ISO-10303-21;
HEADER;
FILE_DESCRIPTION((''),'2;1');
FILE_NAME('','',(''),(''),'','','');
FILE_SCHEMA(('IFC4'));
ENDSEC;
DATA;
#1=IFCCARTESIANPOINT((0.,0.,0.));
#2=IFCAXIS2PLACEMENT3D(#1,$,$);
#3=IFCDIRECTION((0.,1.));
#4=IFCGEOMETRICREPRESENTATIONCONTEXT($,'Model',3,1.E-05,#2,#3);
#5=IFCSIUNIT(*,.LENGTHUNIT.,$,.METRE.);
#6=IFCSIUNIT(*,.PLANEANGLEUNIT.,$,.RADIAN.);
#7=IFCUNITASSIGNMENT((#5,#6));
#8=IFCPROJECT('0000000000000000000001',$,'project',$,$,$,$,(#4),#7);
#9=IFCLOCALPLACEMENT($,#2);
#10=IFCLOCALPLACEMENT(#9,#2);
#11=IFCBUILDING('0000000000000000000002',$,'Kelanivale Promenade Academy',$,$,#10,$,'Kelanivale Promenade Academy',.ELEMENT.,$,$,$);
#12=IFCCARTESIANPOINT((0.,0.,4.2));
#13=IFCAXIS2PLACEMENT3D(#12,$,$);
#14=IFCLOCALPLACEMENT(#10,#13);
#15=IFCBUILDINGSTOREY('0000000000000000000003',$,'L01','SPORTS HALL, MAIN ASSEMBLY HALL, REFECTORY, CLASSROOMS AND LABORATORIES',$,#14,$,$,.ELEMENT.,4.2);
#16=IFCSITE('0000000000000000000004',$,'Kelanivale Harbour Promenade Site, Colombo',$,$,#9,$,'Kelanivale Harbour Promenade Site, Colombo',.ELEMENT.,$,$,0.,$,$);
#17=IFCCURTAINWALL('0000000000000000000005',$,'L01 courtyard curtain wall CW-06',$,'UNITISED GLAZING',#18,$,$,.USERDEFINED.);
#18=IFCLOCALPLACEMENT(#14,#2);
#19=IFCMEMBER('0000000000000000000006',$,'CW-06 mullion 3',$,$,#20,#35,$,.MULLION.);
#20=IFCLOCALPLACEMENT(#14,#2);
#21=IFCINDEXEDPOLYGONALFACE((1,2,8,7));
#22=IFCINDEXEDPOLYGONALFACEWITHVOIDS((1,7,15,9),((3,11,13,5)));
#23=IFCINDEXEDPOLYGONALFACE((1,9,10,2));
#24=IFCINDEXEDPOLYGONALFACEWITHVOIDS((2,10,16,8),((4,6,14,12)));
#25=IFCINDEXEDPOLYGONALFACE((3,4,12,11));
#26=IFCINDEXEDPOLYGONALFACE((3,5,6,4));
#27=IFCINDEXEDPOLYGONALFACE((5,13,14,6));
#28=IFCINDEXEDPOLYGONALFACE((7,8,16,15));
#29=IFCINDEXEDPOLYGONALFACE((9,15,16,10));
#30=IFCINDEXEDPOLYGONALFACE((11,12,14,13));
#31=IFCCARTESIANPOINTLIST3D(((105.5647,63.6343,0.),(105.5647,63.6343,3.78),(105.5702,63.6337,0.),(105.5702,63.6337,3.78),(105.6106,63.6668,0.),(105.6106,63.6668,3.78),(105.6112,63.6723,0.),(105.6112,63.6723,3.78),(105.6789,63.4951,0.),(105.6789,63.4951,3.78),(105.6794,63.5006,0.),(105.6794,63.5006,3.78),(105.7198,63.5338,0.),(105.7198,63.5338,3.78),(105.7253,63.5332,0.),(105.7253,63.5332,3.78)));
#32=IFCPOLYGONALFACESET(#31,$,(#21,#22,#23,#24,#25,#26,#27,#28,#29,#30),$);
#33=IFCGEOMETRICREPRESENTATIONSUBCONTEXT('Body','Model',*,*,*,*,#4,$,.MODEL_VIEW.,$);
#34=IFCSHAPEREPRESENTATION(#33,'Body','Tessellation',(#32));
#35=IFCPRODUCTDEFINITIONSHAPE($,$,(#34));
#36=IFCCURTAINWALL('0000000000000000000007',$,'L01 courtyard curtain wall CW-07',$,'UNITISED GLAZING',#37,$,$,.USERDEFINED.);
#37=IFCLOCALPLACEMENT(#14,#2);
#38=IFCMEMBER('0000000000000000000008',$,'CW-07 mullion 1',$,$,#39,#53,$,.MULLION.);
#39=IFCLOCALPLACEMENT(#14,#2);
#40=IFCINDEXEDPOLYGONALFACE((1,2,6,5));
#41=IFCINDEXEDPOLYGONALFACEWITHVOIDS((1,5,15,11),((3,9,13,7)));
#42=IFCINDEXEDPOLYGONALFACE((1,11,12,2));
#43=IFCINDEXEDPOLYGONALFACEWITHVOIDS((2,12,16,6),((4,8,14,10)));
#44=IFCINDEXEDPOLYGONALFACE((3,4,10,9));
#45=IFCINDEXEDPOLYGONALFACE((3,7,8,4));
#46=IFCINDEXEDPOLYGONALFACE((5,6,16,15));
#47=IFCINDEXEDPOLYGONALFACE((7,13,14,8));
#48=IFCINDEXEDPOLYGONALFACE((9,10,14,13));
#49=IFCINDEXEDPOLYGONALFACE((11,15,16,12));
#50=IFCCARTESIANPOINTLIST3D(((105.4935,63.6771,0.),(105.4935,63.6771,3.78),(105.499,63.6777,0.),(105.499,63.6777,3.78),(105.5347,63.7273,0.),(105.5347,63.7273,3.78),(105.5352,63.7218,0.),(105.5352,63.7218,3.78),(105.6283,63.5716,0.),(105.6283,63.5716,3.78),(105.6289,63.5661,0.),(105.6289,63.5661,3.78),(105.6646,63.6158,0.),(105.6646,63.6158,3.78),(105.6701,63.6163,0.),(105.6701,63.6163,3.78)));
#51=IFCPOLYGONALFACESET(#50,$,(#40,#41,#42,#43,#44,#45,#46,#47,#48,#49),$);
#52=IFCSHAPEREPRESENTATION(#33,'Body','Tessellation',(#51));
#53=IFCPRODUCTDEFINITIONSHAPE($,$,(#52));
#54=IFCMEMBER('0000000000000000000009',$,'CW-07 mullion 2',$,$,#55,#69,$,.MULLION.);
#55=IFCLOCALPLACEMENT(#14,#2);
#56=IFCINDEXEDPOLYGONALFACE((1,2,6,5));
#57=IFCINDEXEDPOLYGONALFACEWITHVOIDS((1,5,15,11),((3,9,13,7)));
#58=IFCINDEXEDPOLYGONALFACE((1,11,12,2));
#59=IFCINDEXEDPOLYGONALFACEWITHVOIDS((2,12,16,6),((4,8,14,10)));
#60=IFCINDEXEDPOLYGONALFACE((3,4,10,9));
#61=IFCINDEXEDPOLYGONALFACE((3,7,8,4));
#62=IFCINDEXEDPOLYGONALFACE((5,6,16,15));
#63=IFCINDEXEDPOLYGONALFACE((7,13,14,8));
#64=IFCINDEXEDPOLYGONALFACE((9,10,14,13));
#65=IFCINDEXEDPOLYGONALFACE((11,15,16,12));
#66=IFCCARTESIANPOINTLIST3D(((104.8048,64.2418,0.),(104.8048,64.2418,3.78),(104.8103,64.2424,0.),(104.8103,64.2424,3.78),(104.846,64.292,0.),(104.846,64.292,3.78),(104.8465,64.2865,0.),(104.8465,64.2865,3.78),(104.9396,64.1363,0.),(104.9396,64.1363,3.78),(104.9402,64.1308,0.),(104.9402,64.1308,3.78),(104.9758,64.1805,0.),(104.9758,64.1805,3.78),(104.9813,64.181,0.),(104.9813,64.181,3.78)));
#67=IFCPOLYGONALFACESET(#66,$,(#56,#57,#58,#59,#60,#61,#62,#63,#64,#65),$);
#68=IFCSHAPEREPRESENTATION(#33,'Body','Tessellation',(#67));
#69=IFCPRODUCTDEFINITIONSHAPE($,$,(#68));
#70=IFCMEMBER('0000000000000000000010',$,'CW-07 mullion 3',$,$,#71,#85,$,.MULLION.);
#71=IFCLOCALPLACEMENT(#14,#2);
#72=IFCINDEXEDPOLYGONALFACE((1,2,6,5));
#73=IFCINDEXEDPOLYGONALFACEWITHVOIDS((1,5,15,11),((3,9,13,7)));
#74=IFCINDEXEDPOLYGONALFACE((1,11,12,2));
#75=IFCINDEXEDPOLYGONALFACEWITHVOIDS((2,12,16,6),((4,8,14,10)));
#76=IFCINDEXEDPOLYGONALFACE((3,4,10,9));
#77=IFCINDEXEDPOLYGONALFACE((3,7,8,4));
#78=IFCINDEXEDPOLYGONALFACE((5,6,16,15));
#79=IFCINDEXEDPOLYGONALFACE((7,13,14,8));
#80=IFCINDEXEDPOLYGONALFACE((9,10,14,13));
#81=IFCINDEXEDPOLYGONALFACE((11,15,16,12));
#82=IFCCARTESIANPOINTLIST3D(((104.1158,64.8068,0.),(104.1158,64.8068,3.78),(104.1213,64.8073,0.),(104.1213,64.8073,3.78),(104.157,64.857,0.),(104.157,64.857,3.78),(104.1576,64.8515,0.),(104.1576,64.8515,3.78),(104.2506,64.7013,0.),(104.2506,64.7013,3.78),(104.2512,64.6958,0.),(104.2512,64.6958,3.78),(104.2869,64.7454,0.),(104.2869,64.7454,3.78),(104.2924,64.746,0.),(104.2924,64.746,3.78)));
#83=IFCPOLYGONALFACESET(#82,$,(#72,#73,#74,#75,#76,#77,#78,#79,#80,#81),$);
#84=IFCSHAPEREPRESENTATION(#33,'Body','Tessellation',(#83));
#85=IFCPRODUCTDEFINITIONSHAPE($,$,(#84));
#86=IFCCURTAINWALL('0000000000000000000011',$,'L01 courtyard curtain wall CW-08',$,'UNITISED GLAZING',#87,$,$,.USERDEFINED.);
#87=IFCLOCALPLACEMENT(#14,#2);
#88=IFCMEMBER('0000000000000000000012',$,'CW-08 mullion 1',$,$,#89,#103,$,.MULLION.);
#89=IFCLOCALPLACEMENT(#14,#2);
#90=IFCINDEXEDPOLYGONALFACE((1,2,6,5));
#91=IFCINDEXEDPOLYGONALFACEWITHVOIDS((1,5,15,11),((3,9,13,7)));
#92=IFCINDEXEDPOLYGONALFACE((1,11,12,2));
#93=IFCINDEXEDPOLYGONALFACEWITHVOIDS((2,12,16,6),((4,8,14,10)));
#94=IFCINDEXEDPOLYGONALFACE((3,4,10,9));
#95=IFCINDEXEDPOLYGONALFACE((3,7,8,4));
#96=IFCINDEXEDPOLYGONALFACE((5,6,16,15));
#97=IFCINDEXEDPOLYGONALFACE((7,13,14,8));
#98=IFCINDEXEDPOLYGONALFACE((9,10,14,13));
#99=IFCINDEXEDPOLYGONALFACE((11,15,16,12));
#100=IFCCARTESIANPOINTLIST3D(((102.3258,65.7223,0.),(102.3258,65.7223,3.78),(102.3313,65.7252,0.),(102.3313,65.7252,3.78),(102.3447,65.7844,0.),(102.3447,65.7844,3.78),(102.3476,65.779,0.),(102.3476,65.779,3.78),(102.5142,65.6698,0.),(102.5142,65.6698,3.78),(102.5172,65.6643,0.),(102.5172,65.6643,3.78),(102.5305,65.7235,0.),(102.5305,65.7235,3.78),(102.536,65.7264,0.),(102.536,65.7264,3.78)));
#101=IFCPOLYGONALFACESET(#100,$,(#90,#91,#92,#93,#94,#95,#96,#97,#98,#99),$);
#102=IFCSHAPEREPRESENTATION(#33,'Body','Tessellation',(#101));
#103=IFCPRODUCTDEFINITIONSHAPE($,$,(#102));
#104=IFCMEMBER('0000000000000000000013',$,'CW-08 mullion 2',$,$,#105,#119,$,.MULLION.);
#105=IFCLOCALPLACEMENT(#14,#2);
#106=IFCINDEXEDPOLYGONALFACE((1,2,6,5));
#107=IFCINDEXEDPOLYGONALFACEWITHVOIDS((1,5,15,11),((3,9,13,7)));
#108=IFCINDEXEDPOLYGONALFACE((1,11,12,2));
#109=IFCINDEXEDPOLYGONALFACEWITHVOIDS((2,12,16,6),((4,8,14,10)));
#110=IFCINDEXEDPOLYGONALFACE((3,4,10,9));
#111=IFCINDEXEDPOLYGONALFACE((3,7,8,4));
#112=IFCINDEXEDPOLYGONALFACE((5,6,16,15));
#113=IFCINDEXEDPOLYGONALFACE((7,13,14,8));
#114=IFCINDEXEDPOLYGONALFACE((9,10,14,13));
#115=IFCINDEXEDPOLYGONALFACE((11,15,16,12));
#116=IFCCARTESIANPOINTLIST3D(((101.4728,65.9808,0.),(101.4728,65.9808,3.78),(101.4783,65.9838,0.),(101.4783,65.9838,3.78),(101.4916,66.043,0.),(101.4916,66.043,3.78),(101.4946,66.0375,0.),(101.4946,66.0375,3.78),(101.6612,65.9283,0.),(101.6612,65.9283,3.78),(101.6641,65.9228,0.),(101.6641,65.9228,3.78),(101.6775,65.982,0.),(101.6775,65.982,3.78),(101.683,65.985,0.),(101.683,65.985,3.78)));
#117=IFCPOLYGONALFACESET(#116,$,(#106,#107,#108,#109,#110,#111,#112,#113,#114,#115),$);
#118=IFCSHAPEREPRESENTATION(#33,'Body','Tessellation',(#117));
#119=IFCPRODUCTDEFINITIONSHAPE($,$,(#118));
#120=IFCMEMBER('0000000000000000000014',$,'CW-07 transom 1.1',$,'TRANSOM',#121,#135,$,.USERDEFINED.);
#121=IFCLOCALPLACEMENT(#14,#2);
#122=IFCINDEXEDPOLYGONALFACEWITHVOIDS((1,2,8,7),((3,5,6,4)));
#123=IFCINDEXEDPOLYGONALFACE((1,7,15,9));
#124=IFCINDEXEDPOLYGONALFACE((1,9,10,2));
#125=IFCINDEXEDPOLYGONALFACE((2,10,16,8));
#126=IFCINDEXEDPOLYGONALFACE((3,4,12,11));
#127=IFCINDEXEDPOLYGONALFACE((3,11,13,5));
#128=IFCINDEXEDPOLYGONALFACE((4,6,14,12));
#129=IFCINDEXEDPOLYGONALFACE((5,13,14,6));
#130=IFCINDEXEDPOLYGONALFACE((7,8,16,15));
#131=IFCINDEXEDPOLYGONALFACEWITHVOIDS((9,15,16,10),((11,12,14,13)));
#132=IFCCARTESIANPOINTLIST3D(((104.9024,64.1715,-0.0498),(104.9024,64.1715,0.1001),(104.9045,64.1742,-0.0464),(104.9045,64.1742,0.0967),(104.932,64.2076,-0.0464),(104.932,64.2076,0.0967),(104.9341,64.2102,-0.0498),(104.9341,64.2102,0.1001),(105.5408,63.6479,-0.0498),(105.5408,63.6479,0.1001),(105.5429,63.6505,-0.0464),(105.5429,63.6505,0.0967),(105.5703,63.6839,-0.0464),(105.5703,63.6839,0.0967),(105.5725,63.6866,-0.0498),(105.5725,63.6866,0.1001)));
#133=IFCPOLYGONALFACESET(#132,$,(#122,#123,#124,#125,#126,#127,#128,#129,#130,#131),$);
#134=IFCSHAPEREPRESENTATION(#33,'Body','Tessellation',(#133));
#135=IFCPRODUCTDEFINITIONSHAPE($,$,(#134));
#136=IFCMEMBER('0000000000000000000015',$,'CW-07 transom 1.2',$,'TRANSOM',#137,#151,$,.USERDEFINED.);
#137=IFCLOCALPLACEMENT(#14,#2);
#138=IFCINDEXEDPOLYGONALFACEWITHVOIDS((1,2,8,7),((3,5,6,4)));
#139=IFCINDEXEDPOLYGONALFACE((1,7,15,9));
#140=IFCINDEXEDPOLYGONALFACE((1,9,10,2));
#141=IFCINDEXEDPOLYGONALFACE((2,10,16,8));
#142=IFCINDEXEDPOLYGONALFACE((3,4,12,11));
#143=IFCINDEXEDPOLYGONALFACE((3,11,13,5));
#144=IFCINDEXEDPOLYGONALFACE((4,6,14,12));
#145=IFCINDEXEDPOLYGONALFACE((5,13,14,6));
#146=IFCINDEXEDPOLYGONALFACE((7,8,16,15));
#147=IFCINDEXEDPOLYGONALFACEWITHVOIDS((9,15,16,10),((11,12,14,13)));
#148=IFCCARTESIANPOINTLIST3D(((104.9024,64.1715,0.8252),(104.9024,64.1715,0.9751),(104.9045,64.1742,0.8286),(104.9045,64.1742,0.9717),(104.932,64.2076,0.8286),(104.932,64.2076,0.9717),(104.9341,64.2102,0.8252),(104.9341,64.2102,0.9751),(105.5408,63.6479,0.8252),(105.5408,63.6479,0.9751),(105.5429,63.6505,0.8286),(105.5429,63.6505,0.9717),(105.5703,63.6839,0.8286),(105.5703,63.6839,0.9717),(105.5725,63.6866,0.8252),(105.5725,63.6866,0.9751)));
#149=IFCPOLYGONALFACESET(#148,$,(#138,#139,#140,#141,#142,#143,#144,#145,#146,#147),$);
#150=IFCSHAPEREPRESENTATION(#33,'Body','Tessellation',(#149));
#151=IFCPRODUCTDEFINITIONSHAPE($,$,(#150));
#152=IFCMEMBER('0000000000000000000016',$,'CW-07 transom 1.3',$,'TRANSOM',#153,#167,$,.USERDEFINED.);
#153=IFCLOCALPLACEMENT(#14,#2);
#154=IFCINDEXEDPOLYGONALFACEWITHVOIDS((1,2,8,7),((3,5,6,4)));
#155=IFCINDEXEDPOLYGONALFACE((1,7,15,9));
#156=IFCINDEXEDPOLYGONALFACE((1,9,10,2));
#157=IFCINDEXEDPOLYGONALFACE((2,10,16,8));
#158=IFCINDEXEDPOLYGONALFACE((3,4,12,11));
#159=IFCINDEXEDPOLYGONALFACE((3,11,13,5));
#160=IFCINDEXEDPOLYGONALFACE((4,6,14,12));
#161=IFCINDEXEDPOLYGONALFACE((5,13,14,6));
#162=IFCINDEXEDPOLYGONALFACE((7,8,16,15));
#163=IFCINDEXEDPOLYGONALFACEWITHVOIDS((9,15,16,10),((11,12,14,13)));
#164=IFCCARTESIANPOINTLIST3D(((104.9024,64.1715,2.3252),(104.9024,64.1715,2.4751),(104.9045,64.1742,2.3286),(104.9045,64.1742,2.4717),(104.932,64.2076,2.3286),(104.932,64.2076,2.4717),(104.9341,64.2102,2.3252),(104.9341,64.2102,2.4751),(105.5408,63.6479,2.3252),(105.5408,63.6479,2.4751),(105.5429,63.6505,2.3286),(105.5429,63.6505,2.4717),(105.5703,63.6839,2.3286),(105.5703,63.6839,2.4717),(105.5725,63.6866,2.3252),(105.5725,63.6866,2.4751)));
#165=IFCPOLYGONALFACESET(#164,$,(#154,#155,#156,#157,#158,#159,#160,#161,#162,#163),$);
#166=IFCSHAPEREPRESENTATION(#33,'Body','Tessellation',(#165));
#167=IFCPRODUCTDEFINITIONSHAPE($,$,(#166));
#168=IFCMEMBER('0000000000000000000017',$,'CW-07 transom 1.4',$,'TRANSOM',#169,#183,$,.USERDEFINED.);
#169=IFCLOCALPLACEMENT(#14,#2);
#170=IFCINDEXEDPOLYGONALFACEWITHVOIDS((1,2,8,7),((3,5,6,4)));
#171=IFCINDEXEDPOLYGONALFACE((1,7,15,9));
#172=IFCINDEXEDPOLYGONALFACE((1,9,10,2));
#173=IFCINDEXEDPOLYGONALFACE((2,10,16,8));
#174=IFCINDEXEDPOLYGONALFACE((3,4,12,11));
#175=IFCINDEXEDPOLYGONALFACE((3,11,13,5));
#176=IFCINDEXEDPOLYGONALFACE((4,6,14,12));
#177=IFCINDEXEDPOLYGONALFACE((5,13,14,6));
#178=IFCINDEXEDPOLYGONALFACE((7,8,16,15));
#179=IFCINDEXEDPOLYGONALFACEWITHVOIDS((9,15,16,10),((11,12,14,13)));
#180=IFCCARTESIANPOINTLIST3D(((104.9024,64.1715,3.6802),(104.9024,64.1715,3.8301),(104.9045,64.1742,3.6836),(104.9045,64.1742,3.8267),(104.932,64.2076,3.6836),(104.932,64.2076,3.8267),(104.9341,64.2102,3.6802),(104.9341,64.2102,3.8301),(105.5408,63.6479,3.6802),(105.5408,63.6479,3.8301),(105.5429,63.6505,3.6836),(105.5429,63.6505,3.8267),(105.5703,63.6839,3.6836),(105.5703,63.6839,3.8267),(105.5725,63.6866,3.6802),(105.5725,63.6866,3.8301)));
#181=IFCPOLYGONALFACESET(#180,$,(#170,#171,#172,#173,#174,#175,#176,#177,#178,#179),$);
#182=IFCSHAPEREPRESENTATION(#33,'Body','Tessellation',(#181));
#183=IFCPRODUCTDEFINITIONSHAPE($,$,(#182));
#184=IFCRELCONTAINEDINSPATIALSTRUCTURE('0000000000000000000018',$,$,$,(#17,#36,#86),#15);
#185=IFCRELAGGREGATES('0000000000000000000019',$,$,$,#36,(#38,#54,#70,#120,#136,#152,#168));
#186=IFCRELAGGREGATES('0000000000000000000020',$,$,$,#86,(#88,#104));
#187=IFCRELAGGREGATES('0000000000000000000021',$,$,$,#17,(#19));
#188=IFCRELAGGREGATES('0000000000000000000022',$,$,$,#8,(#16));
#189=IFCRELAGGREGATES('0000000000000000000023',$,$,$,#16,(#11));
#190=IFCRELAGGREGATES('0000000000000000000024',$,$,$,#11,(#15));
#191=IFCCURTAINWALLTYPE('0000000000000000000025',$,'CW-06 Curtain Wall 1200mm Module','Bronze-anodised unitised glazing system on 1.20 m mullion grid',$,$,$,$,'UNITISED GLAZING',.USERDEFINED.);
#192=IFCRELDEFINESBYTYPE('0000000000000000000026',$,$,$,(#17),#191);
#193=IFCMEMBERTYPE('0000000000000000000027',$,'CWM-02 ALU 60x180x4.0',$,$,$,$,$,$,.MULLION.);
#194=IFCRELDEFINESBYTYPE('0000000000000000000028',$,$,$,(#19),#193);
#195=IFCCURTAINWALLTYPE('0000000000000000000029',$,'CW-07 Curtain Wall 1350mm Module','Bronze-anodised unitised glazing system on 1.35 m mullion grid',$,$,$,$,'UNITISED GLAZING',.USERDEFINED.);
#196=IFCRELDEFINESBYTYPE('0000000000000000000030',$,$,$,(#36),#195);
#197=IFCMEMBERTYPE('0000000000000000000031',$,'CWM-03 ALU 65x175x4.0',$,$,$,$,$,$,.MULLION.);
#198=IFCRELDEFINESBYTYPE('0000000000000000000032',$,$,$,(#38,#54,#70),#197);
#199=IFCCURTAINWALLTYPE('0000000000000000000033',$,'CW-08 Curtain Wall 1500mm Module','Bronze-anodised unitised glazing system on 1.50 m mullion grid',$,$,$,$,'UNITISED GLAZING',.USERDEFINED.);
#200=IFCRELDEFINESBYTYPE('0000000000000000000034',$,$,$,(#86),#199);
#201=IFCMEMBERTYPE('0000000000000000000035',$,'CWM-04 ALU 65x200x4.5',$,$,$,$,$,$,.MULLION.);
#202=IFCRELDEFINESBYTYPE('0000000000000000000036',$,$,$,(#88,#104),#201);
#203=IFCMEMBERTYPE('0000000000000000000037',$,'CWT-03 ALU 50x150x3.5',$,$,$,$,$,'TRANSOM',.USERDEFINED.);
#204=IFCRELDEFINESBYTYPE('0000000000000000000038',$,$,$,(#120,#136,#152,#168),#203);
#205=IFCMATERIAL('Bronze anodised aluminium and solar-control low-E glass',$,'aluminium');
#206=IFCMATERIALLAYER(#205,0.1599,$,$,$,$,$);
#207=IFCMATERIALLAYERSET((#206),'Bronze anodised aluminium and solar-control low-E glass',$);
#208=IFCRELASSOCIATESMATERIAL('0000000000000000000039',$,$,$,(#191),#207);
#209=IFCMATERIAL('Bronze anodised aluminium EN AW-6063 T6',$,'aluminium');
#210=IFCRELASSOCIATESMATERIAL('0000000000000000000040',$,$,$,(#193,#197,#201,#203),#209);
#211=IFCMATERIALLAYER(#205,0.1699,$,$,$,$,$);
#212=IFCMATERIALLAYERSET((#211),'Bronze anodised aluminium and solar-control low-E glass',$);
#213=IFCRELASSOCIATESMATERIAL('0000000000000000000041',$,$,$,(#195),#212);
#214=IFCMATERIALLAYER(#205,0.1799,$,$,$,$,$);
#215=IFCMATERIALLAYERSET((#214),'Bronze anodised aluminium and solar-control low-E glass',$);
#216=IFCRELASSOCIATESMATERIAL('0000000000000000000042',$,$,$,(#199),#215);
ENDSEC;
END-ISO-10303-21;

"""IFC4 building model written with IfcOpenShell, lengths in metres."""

from ifc_helpers import new_model, si_unit, direction, frame, origin, origin_2d, place, context, subcontext, project, spatial, hollow_rectangle, extrude, material, layer, layer_set, material_profile, profile_set, type_object, element, aggregate, save


model = new_model("IFC4")

# Units and contexts
model_context = context("Model", 3, precision=1e-05, world=origin(), true_north=direction((0.0, 1.0)))
body_context = subcontext(model_context, "Body", "Model", "MODEL_VIEW")
ifc_project = project(units=[si_unit("LENGTHUNIT", "METRE"), si_unit("PLANEANGLEUNIT", "RADIAN")], contexts=[model_context])

# Site, building, storey
site_placement = place(None, origin())
site = spatial("IfcSite", under=ifc_project, at=site_placement, Name="Kelanivale Harbour Promenade Site, Colombo", LongName="Kelanivale Harbour Promenade Site, Colombo", CompositionType="ELEMENT", RefElevation=0.0)
building_placement = place(site_placement, origin())
building = spatial("IfcBuilding", under=site, at=building_placement, Name="Kelanivale Promenade Academy", LongName="Kelanivale Promenade Academy", CompositionType="ELEMENT")
storey_placement = place(building_placement, frame((0.0, 0.0, 4.2)))
storey = spatial("IfcBuildingStorey", under=building, at=storey_placement, Name="L01", Description="SPORTS HALL, MAIN ASSEMBLY HALL, REFECTORY, CLASSROOMS AND LABORATORIES", CompositionType="ELEMENT", Elevation=4.2)

# Curtain wall, member
ifc_material_1 = material(Name="Bronze anodised aluminium and solar-control low-E glass", Category="aluminium")
ifc_layer_1 = layer(ifc_material_1, 0.1599)
ifc_layer_set_1 = layer_set([ifc_layer_1], Name="Bronze anodised aluminium and solar-control low-E glass")
curtain_wall_type_1 = type_object("IfcCurtainWallType", Name="CW-06 Curtain Wall 1200mm Module", Description="Bronze-anodised unitised glazing system on 1.20 m mullion grid", ElementType="UNITISED GLAZING", PredefinedType="USERDEFINED", material=ifc_layer_set_1)
curtain_wall_1_placement = place(storey_placement, origin())
curtain_wall_1 = element("IfcCurtainWall", 1, at=curtain_wall_1_placement, inside=storey, type_object=curtain_wall_type_1, Name="L01 courtyard curtain wall CW-06", ObjectType="UNITISED GLAZING", PredefinedType="USERDEFINED")
ifc_material_2 = material(Name="Bronze anodised aluminium EN AW-6063 T6", Category="aluminium")
ifc_material_profile_1 = material_profile(ifc_material_2, hollow_rectangle(XDim=0.0601, YDim=0.1799, WallThickness=0.0039, at=origin_2d()), Name="ALU 60x180x4.0")
ifc_profile_set_1 = profile_set([ifc_material_profile_1], Name="Bronze anodised aluminium EN AW-6063 T6")
member_type_1 = type_object("IfcMemberType", Name="CWM-02 ALU 60x180x4.0", PredefinedType="MULLION", material=ifc_profile_set_1)
member_1_placement = place(storey_placement, frame((105.645, 63.5837, 0.0), z_axis=(0.0, 0.0, 1.0), x_axis=(-0.773215, -0.634144, 0.0)))
member_1 = element("IfcMember", 2, at=member_1_placement, type_object=member_type_1, Name="CW-06 mullion 3", PredefinedType="MULLION", context=body_context, shape_type="SweptSolid", body=[
    extrude(hollow_rectangle(XDim=0.0601, YDim=0.1799, WallThickness=0.0039, at=origin_2d()), origin(), (0.0, 0.0, 1.0), 3.78),
])

# Curtain walls, members
ifc_layer_2 = layer(ifc_material_1, 0.1699)
ifc_layer_set_2 = layer_set([ifc_layer_2], Name="Bronze anodised aluminium and solar-control low-E glass")
curtain_wall_type_2 = type_object("IfcCurtainWallType", Name="CW-07 Curtain Wall 1350mm Module", Description="Bronze-anodised unitised glazing system on 1.35 m mullion grid", ElementType="UNITISED GLAZING", PredefinedType="USERDEFINED", material=ifc_layer_set_2)
curtain_wall_2_placement = place(storey_placement, origin())
curtain_wall_2 = element("IfcCurtainWall", 3, at=curtain_wall_2_placement, inside=storey, type_object=curtain_wall_type_2, Name="L01 courtyard curtain wall CW-07", ObjectType="UNITISED GLAZING", PredefinedType="USERDEFINED")
ifc_material_profile_2 = material_profile(ifc_material_2, hollow_rectangle(XDim=0.0649, YDim=0.175, WallThickness=0.0039, at=origin_2d()), Name="ALU 65x175x4.0")
ifc_profile_set_2 = profile_set([ifc_material_profile_2], Name="Bronze anodised aluminium EN AW-6063 T6")
member_type_2 = type_object("IfcMemberType", Name="CWM-03 ALU 65x175x4.0", PredefinedType="MULLION", material=ifc_profile_set_2)
member_2_placement = place(storey_placement, frame((105.5818, 63.6467, 0.0), z_axis=(0.0, 0.0, 1.0), x_axis=(-0.634093, -0.773257, 0.0)))
member_2 = element("IfcMember", 4, at=member_2_placement, type_object=member_type_2, Name="CW-07 mullion 1", PredefinedType="MULLION", context=body_context, shape_type="SweptSolid", body=[
    extrude(hollow_rectangle(XDim=0.0649, YDim=0.175, WallThickness=0.0039, at=origin_2d()), origin(), (0.0, 0.0, 1.0), 3.78),
])
member_3_placement = place(storey_placement, frame((104.8931, 64.2114, 0.0), z_axis=(0.0, 0.0, 1.0), x_axis=(-0.634093, -0.773257, 0.0)))
member_3 = element("IfcMember", 5, at=member_3_placement, type_object=member_type_2, Name="CW-07 mullion 2", PredefinedType="MULLION", context=body_context, shape_type="SweptSolid", body=[
    extrude(hollow_rectangle(XDim=0.0649, YDim=0.175, WallThickness=0.0039, at=origin_2d()), origin(), (0.0, 0.0, 1.0), 3.78),
])
member_4_placement = place(storey_placement, frame((104.2041, 64.7764, 0.0), z_axis=(0.0, 0.0, 1.0), x_axis=(-0.634093, -0.773257, 0.0)))
member_4 = element("IfcMember", 6, at=member_4_placement, type_object=member_type_2, Name="CW-07 mullion 3", PredefinedType="MULLION", context=body_context, shape_type="SweptSolid", body=[
    extrude(hollow_rectangle(XDim=0.0649, YDim=0.175, WallThickness=0.0039, at=origin_2d()), origin(), (0.0, 0.0, 1.0), 3.78),
])
ifc_layer_3 = layer(ifc_material_1, 0.1799)
ifc_layer_set_3 = layer_set([ifc_layer_3], Name="Bronze anodised aluminium and solar-control low-E glass")
curtain_wall_type_3 = type_object("IfcCurtainWallType", Name="CW-08 Curtain Wall 1500mm Module", Description="Bronze-anodised unitised glazing system on 1.50 m mullion grid", ElementType="UNITISED GLAZING", PredefinedType="USERDEFINED", material=ifc_layer_set_3)
curtain_wall_3_placement = place(storey_placement, origin())
curtain_wall_3 = element("IfcCurtainWall", 7, at=curtain_wall_3_placement, inside=storey, type_object=curtain_wall_type_3, Name="L01 courtyard curtain wall CW-08", ObjectType="UNITISED GLAZING", PredefinedType="USERDEFINED")
ifc_material_profile_3 = material_profile(ifc_material_2, hollow_rectangle(XDim=0.0649, YDim=0.2, WallThickness=0.0044, at=origin_2d()), Name="ALU 65x200x4.5")
ifc_profile_set_3 = profile_set([ifc_material_profile_3], Name="Bronze anodised aluminium EN AW-6063 T6")
member_type_3 = type_object("IfcMemberType", Name="CWM-04 ALU 65x200x4.5", PredefinedType="MULLION", material=ifc_profile_set_3)
member_5_placement = place(storey_placement, frame((102.4309, 65.7244, 0.0), z_axis=(0.0, 0.0, 1.0), x_axis=(-0.290128, -0.956988, 0.0)))
member_5 = element("IfcMember", 8, at=member_5_placement, type_object=member_type_3, Name="CW-08 mullion 1", PredefinedType="MULLION", context=body_context, shape_type="SweptSolid", body=[
    extrude(hollow_rectangle(XDim=0.0649, YDim=0.2, WallThickness=0.0044, at=origin_2d()), origin(), (0.0, 0.0, 1.0), 3.78),
])
member_6_placement = place(storey_placement, frame((101.5779, 65.9829, 0.0), z_axis=(0.0, 0.0, 1.0), x_axis=(-0.290128, -0.956988, 0.0)))
member_6 = element("IfcMember", 9, at=member_6_placement, type_object=member_type_3, Name="CW-08 mullion 2", PredefinedType="MULLION", context=body_context, shape_type="SweptSolid", body=[
    extrude(hollow_rectangle(XDim=0.0649, YDim=0.2, WallThickness=0.0044, at=origin_2d()), origin(), (0.0, 0.0, 1.0), 3.78),
])

# Members
ifc_material_profile_4 = material_profile(ifc_material_2, hollow_rectangle(XDim=0.05, YDim=0.1499, WallThickness=0.0034, at=origin_2d()), Name="ALU 50x150x3.5")
ifc_profile_set_4 = profile_set([ifc_material_profile_4], Name="Bronze anodised aluminium EN AW-6063 T6")
member_type_4 = type_object("IfcMemberType", Name="CWT-03 ALU 50x150x3.5", ElementType="TRANSOM", PredefinedType="USERDEFINED", material=ifc_profile_set_4)
member_7_placement = place(storey_placement, frame((105.5566, 63.6672, 0.0251), z_axis=(-0.773166, 0.634203, 0.0), x_axis=(-0.634203, -0.773166, 0.0)))
member_7 = element("IfcMember", 10, at=member_7_placement, type_object=member_type_4, Name="CW-07 transom 1.1", ObjectType="TRANSOM", PredefinedType="USERDEFINED", context=body_context, shape_type="SweptSolid", body=[
    extrude(hollow_rectangle(XDim=0.05, YDim=0.1499, WallThickness=0.0034, at=origin_2d()), origin(), (0.0, 0.0, 1.0), 0.8257),
])
member_8_placement = place(storey_placement, frame((105.5566, 63.6672, 0.9001), z_axis=(-0.773166, 0.634203, 0.0), x_axis=(-0.634203, -0.773166, 0.0)))
member_8 = element("IfcMember", 11, at=member_8_placement, type_object=member_type_4, Name="CW-07 transom 1.2", ObjectType="TRANSOM", PredefinedType="USERDEFINED", context=body_context, shape_type="SweptSolid", body=[
    extrude(hollow_rectangle(XDim=0.05, YDim=0.1499, WallThickness=0.0034, at=origin_2d()), origin(), (0.0, 0.0, 1.0), 0.8257),
])
member_9_placement = place(storey_placement, frame((105.5566, 63.6672, 2.4001), z_axis=(-0.773166, 0.634203, 0.0), x_axis=(-0.634203, -0.773166, 0.0)))
member_9 = element("IfcMember", 12, at=member_9_placement, type_object=member_type_4, Name="CW-07 transom 1.3", ObjectType="TRANSOM", PredefinedType="USERDEFINED", context=body_context, shape_type="SweptSolid", body=[
    extrude(hollow_rectangle(XDim=0.05, YDim=0.1499, WallThickness=0.0034, at=origin_2d()), origin(), (0.0, 0.0, 1.0), 0.8257),
])
member_10_placement = place(storey_placement, frame((105.5566, 63.6672, 3.7551), z_axis=(-0.773166, 0.634203, 0.0), x_axis=(-0.634203, -0.773166, 0.0)))
member_10 = element("IfcMember", 13, at=member_10_placement, type_object=member_type_4, Name="CW-07 transom 1.4", ObjectType="TRANSOM", PredefinedType="USERDEFINED", context=body_context, shape_type="SweptSolid", body=[
    extrude(hollow_rectangle(XDim=0.05, YDim=0.1499, WallThickness=0.0034, at=origin_2d()), origin(), (0.0, 0.0, 1.0), 0.8257),
])

aggregate(curtain_wall_2, [member_2, member_3, member_4, member_7, member_8, member_9, member_10])
aggregate(curtain_wall_3, [member_5, member_6])
aggregate(curtain_wall_1, [member_1])

save(model, "model.ifc")
